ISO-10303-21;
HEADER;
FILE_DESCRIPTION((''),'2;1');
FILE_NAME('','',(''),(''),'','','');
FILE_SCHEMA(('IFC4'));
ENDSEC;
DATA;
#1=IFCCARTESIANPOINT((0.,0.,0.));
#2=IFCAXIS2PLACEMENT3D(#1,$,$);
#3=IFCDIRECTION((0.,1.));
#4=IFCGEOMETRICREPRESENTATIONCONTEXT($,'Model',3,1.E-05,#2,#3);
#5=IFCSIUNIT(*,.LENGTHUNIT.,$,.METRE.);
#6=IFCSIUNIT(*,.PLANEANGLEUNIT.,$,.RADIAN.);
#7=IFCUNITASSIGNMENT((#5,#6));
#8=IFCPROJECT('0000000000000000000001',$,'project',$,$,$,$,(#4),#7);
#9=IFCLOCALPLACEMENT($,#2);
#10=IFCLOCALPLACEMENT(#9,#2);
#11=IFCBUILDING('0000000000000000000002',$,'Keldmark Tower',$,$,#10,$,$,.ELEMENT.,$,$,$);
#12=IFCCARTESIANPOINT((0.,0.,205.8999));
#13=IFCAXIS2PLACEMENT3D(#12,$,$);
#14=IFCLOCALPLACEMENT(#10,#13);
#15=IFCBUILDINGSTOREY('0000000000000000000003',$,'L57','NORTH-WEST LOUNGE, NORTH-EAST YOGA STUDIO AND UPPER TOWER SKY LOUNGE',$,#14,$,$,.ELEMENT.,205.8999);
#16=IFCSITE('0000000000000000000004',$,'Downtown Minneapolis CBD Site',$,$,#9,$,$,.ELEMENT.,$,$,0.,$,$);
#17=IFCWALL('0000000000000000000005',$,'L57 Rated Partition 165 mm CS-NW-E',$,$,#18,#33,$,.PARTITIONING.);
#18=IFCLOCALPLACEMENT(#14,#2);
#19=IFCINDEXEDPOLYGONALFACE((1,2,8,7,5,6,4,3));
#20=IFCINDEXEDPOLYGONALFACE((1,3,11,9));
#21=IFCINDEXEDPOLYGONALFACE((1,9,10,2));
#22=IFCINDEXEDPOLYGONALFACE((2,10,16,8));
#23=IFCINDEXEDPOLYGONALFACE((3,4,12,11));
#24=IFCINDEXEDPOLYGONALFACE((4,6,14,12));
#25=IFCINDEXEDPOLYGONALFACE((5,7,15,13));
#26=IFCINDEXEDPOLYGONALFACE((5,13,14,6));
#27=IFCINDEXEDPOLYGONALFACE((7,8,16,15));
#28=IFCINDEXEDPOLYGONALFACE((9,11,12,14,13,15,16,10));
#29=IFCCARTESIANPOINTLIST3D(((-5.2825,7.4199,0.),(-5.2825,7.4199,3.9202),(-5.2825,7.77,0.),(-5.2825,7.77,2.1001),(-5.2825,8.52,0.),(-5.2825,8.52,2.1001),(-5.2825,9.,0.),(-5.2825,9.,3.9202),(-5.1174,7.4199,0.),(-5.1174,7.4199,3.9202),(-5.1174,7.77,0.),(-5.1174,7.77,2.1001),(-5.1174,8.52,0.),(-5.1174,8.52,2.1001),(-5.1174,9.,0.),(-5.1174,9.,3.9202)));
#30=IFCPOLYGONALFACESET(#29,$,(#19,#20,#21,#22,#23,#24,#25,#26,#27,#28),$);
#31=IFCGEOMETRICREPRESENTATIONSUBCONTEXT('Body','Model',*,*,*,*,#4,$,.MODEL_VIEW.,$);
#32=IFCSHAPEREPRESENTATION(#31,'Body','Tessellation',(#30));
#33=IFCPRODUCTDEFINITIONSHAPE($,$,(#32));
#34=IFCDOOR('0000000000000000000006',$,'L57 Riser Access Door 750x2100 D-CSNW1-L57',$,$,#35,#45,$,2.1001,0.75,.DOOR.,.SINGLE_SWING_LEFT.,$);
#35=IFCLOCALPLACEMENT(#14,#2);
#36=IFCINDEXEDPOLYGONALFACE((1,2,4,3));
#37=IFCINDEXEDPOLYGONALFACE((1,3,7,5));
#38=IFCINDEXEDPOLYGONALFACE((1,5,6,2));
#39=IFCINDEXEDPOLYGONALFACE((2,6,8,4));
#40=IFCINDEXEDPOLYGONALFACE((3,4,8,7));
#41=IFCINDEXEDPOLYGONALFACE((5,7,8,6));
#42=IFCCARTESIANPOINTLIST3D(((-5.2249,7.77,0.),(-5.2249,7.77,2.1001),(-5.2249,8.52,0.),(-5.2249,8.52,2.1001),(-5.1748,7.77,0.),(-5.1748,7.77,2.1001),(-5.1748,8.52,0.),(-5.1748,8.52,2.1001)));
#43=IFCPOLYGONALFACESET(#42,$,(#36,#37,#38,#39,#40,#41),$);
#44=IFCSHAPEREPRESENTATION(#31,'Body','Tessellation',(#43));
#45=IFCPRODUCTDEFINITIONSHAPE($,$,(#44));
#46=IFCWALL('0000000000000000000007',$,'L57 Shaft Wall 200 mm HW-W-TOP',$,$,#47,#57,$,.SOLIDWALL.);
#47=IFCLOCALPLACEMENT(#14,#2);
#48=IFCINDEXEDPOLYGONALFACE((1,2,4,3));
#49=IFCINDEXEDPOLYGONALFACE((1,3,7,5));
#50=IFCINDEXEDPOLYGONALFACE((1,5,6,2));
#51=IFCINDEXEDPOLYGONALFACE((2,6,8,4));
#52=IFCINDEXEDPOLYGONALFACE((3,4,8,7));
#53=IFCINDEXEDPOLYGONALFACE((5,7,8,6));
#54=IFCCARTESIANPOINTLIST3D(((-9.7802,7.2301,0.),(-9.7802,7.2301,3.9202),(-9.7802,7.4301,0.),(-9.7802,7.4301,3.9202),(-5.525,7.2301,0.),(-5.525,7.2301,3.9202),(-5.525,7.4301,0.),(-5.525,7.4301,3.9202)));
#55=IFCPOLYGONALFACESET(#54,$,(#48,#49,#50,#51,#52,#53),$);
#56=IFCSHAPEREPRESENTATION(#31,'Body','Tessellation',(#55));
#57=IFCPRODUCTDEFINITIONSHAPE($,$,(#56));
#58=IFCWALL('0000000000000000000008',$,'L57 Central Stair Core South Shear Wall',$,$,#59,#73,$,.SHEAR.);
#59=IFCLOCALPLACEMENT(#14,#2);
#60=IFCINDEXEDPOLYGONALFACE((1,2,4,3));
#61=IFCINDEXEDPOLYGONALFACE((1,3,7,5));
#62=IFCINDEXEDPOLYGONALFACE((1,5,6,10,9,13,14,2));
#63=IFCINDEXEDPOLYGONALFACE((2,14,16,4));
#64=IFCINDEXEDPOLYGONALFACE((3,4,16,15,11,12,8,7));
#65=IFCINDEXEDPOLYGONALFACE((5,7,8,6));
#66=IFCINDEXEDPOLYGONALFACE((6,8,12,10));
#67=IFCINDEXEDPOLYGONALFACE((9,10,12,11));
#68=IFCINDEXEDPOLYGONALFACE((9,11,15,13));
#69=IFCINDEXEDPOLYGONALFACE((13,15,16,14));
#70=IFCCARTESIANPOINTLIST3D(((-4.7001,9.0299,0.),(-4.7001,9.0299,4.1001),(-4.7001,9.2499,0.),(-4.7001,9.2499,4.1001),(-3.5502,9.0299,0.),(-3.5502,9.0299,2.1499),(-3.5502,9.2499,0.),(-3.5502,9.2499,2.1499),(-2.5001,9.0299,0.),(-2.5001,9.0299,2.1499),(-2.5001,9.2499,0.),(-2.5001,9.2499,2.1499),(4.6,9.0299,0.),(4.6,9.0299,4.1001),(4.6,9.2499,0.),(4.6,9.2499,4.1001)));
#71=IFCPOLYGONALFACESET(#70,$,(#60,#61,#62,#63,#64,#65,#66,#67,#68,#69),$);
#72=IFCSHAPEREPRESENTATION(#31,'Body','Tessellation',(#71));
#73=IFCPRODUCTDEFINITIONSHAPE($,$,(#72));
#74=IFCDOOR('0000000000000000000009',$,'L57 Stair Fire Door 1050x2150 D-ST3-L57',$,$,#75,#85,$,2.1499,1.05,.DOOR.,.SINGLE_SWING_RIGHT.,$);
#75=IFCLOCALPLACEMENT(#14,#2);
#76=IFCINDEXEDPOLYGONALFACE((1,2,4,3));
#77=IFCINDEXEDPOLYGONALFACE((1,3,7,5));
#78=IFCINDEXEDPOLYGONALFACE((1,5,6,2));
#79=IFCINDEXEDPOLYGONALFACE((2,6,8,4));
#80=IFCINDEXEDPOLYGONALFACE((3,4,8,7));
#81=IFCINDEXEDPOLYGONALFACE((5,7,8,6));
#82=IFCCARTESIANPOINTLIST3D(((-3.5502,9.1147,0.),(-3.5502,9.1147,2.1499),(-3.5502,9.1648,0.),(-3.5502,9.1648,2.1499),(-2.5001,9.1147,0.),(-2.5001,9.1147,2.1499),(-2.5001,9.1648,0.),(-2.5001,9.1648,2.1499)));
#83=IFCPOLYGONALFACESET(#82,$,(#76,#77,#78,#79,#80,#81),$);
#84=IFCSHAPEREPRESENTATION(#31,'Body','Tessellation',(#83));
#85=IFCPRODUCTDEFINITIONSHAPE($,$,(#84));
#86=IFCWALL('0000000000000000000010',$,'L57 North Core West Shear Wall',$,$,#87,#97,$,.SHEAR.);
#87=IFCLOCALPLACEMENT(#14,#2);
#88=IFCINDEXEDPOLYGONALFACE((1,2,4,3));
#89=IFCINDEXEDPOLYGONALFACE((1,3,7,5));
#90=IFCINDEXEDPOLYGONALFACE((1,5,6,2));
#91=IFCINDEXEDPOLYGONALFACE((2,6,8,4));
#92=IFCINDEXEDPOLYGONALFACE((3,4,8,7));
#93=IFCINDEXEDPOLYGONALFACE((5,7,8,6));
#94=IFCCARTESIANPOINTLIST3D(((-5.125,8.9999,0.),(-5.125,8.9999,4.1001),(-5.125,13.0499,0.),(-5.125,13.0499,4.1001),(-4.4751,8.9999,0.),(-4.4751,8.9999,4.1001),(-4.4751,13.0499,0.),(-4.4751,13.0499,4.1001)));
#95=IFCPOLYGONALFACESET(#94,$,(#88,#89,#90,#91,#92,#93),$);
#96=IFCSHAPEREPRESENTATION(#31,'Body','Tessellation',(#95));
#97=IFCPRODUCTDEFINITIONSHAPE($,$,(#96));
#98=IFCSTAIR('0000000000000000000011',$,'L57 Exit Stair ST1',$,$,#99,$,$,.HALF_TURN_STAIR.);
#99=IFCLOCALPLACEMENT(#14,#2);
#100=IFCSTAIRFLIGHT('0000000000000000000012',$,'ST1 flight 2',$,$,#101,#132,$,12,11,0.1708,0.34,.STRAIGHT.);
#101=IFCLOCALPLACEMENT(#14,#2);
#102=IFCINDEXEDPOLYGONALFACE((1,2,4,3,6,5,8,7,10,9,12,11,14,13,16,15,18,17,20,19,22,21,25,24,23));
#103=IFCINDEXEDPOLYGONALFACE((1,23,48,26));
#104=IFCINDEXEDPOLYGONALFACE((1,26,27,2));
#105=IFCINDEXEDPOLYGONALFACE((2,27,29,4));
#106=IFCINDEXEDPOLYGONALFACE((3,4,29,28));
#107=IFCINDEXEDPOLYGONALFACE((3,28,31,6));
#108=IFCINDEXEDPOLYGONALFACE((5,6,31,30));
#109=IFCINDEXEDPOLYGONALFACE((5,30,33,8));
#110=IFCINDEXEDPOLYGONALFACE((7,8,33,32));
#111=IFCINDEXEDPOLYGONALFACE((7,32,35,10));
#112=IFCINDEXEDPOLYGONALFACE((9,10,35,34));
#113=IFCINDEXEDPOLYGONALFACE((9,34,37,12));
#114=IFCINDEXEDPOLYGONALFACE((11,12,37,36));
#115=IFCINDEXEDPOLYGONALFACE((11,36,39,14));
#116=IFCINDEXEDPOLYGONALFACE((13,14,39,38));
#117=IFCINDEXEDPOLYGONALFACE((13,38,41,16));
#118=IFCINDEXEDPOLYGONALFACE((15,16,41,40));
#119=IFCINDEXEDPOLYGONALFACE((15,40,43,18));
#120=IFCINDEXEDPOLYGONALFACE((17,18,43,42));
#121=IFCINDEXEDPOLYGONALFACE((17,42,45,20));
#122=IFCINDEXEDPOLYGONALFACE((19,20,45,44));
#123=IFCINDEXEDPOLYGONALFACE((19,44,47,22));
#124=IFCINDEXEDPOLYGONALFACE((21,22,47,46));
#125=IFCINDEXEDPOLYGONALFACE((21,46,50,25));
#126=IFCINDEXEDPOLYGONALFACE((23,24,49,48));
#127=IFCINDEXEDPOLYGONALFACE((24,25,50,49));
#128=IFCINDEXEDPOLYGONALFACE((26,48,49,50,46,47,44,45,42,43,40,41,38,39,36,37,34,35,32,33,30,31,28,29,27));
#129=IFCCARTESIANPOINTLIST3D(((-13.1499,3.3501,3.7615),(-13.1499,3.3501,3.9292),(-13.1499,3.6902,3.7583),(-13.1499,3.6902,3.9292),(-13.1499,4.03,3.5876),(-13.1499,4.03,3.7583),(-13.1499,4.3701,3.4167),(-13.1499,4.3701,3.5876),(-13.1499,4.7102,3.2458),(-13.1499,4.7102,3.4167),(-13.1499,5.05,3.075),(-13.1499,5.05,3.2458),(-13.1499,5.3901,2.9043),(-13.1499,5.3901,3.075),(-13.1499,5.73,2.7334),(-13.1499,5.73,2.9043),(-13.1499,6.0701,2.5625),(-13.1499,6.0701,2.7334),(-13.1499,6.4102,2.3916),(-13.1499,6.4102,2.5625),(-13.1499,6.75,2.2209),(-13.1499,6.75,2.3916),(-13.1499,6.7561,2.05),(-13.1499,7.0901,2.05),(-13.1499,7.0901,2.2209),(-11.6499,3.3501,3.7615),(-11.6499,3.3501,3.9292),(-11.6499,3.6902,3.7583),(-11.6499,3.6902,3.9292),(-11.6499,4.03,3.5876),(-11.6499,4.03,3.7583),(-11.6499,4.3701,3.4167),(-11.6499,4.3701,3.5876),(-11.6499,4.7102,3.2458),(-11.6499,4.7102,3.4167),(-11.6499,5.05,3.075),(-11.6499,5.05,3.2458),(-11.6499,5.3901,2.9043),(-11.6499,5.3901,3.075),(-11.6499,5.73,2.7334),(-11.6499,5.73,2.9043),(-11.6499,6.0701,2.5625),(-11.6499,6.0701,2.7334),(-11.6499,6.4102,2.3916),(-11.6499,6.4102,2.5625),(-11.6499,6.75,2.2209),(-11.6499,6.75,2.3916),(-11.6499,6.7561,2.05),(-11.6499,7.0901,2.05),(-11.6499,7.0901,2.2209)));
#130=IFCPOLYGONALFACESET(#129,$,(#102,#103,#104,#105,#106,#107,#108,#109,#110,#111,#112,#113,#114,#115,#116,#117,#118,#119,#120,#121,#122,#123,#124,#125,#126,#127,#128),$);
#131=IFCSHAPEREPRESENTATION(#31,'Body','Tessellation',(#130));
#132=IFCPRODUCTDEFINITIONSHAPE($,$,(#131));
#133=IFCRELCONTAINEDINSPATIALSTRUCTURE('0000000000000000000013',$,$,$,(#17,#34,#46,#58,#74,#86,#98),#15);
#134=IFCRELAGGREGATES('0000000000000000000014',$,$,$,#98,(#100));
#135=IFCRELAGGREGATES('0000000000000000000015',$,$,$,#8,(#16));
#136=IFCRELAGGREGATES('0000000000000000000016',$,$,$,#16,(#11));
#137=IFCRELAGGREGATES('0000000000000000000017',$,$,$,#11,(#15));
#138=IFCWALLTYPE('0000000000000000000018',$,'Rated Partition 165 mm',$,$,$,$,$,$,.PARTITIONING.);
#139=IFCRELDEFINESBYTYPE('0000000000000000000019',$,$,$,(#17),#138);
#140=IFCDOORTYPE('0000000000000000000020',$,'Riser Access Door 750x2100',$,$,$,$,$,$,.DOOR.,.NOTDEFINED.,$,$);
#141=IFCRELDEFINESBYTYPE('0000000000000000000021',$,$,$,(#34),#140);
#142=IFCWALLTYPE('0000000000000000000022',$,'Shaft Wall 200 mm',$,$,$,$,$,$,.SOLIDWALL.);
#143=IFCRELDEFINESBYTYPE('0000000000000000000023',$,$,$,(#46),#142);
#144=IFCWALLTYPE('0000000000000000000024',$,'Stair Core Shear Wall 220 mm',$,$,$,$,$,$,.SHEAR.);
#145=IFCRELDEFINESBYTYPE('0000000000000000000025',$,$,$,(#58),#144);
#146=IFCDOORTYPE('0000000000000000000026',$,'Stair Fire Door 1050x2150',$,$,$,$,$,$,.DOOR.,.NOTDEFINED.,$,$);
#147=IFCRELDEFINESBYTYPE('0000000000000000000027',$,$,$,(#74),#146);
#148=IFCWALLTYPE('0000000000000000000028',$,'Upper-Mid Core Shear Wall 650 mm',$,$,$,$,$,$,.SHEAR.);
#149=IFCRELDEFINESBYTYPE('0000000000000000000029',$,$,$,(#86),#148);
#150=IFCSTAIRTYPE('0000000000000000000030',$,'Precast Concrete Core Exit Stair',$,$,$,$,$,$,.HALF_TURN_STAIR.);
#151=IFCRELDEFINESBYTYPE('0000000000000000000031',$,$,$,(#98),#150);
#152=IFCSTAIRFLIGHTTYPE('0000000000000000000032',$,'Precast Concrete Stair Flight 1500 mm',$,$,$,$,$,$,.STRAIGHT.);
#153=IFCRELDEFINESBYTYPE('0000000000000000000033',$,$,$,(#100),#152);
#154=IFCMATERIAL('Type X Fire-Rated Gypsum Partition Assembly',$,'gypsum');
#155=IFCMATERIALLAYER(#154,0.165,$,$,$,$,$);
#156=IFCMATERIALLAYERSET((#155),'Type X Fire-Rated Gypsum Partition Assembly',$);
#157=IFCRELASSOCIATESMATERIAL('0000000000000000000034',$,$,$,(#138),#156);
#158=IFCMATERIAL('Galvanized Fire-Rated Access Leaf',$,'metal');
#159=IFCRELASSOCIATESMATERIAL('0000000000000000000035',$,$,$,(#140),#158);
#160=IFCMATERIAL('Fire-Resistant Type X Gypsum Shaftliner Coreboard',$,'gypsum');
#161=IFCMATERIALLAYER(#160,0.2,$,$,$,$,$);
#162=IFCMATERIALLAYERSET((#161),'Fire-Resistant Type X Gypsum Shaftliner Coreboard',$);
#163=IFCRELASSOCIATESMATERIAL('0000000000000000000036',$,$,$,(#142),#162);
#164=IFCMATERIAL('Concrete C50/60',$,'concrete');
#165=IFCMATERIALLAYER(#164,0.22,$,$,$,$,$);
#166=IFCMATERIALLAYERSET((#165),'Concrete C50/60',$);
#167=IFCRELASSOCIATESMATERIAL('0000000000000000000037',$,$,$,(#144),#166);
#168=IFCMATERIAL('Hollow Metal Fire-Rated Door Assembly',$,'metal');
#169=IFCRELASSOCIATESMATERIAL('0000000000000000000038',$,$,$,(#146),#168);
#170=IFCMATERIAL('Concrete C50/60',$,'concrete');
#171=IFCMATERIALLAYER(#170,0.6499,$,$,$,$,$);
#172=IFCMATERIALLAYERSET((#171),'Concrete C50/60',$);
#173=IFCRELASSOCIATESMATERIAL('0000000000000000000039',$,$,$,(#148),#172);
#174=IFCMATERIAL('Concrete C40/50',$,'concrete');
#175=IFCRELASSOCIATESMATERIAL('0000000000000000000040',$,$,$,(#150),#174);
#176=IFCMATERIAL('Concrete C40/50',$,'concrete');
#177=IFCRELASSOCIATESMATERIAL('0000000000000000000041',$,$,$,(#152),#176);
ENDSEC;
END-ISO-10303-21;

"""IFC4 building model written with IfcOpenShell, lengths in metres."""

from ifc_helpers import new_model, si_unit, direction, frame, frame_2d, origin, place, context, subcontext, project, spatial, polyline, rectangle, outline, extrude, material, layer, layer_set, type_object, element, fill, aggregate, save


model = new_model("IFC4")

# Units and contexts
model_context = context("Model", 3, precision=1e-05, world=origin(), true_north=direction((0.0, 1.0)))
body_context = subcontext(model_context, "Body", "Model", "MODEL_VIEW")
ifc_project = project(units=[si_unit("LENGTHUNIT", "METRE"), si_unit("PLANEANGLEUNIT", "RADIAN")], contexts=[model_context])

# Site, building, storey
site_placement = place(None, origin())
site = spatial("IfcSite", under=ifc_project, at=site_placement, Name="Downtown Minneapolis CBD Site", CompositionType="ELEMENT", RefElevation=0.0)
building_placement = place(site_placement, origin())
building = spatial("IfcBuilding", under=site, at=building_placement, Name="Keldmark Tower", CompositionType="ELEMENT")
storey_placement = place(building_placement, frame((0.0, 0.0, 205.8999)))
storey = spatial("IfcBuildingStorey", under=building, at=storey_placement, Name="L57", Description="NORTH-WEST LOUNGE, NORTH-EAST YOGA STUDIO AND UPPER TOWER SKY LOUNGE", CompositionType="ELEMENT", Elevation=205.8999)

# Shared definitions
ifc_material_1 = material(Name="Type X Fire-Rated Gypsum Partition Assembly", Category="gypsum")
ifc_layer_1 = layer(ifc_material_1, 0.165)
ifc_layer_set_1 = layer_set([ifc_layer_1], Name="Type X Fire-Rated Gypsum Partition Assembly")
wall_type_1 = type_object("IfcWallType", Name="Rated Partition 165 mm", PredefinedType="PARTITIONING", material=ifc_layer_set_1)

# Wall, opening, door
wall_1_placement = place(storey_placement, frame((-5.2, 7.4199, 0.0), z_axis=(0.0, 0.0, 1.0), x_axis=(0.0, 1.0, 0.0)))
wall_1 = element("IfcWall", 1, at=wall_1_placement, inside=storey, type_object=wall_type_1, Name="L57 Rated Partition 165 mm CS-NW-E", PredefinedType="PARTITIONING", context=body_context, shape_type="SweptSolid", body=[
    extrude(rectangle(XDim=1.5801, YDim=0.165, at=frame_2d((0.79, 0.0))), origin(), (0.0, 0.0, 1.0), 3.9202),
])
opening_1_placement = place(wall_1_placement, frame((0.3501, 0.0, 0.0)))
opening_1 = element("IfcOpeningElement", 2, at=opening_1_placement, cuts=wall_1, PredefinedType="OPENING", context=body_context, shape_type="SweptSolid", body=[
    extrude(rectangle(XDim=0.75, YDim=2.1001, at=frame_2d((0.375, 1.05))), frame((0.0, 0.0925, 0.0), z_axis=(0.0, -1.0, 0.0), x_axis=(1.0, 0.0, 0.0)), (0.0, 0.0, 1.0), 0.1851),
])
ifc_material_2 = material(Name="Galvanized Fire-Rated Access Leaf", Category="metal")
door_type_1 = type_object("IfcDoorType", Name="Riser Access Door 750x2100", OperationType="NOTDEFINED", PredefinedType="DOOR", material=ifc_material_2)
door_1_placement = place(opening_1_placement, origin())
door_1 = element("IfcDoor", 3, at=door_1_placement, inside=storey, type_object=door_type_1, Name="L57 Riser Access Door 750x2100 D-CSNW1-L57", OperationType="SINGLE_SWING_LEFT", OverallHeight=2.1001, OverallWidth=0.75, PredefinedType="DOOR", context=body_context, shape_type="SweptSolid", body=[
    extrude(rectangle(XDim=0.75, YDim=2.1001, at=frame_2d((0.375, 1.05))), frame((0.0, 0.0249, 0.0), z_axis=(0.0, -1.0, 0.0), x_axis=(1.0, 0.0, 0.0)), (0.0, 0.0, 1.0), 0.05),
])
fill(opening_1, door_1)

# Wall
ifc_material_3 = material(Name="Fire-Resistant Type X Gypsum Shaftliner Coreboard", Category="gypsum")
ifc_layer_2 = layer(ifc_material_3, 0.2)
ifc_layer_set_2 = layer_set([ifc_layer_2], Name="Fire-Resistant Type X Gypsum Shaftliner Coreboard")
wall_type_2 = type_object("IfcWallType", Name="Shaft Wall 200 mm", PredefinedType="SOLIDWALL", material=ifc_layer_set_2)
wall_2_placement = place(storey_placement, frame((-9.78, 7.3301, 0.0), z_axis=(0.0, 0.0, 1.0), x_axis=(1.0, 0.0, 0.0)))
element("IfcWall", 4, at=wall_2_placement, inside=storey, type_object=wall_type_2, Name="L57 Shaft Wall 200 mm HW-W-TOP", PredefinedType="SOLIDWALL", context=body_context, shape_type="SweptSolid", body=[
    extrude(rectangle(XDim=4.2551, YDim=0.2, at=frame_2d((2.1274, 0.0))), origin(), (0.0, 0.0, 1.0), 3.9202),
])

# Wall, opening, door
ifc_material_4 = material(Name="Concrete C50/60", Category="concrete")
ifc_layer_3 = layer(ifc_material_4, 0.22)
ifc_layer_set_3 = layer_set([ifc_layer_3], Name="Concrete C50/60")
wall_type_3 = type_object("IfcWallType", Name="Stair Core Shear Wall 220 mm", PredefinedType="SHEAR", material=ifc_layer_set_3)
wall_3_placement = place(storey_placement, frame((-4.7, 9.1399, 0.0), z_axis=(0.0, 0.0, 1.0), x_axis=(1.0, 0.0, 0.0)))
wall_3 = element("IfcWall", 5, at=wall_3_placement, inside=storey, type_object=wall_type_3, Name="L57 Central Stair Core South Shear Wall", PredefinedType="SHEAR", context=body_context, shape_type="SweptSolid", body=[
    extrude(rectangle(XDim=9.3, YDim=0.22, at=frame_2d((4.6499, 0.0))), origin(), (0.0, 0.0, 1.0), 4.1001),
])
opening_2_placement = place(wall_3_placement, frame((1.1499, 0.0, 0.0)))
opening_2 = element("IfcOpeningElement", 6, at=opening_2_placement, cuts=wall_3, PredefinedType="OPENING", context=body_context, shape_type="SweptSolid", body=[
    extrude(rectangle(XDim=1.05, YDim=2.1499, at=frame_2d((0.5249, 1.075))), frame((0.0, 0.1199, 0.0), z_axis=(0.0, -1.0, 0.0), x_axis=(1.0, 0.0, 0.0)), (0.0, 0.0, 1.0), 0.24),
])
ifc_material_5 = material(Name="Hollow Metal Fire-Rated Door Assembly", Category="metal")
door_type_2 = type_object("IfcDoorType", Name="Stair Fire Door 1050x2150", OperationType="NOTDEFINED", PredefinedType="DOOR", material=ifc_material_5)
door_2_placement = place(opening_2_placement, origin())
door_2 = element("IfcDoor", 7, at=door_2_placement, inside=storey, type_object=door_type_2, Name="L57 Stair Fire Door 1050x2150 D-ST3-L57", OperationType="SINGLE_SWING_RIGHT", OverallHeight=2.1499, OverallWidth=1.05, PredefinedType="DOOR", context=body_context, shape_type="SweptSolid", body=[
    extrude(rectangle(XDim=1.05, YDim=2.1499, at=frame_2d((0.5249, 1.075))), frame((0.0, 0.0249, 0.0), z_axis=(0.0, -1.0, 0.0), x_axis=(1.0, 0.0, 0.0)), (0.0, 0.0, 1.0), 0.05),
])
fill(opening_2, door_2)

# Wall
ifc_material_6 = material(Name="Concrete C50/60", Category="concrete")
ifc_layer_4 = layer(ifc_material_6, 0.6499)
ifc_layer_set_4 = layer_set([ifc_layer_4], Name="Concrete C50/60")
wall_type_4 = type_object("IfcWallType", Name="Upper-Mid Core Shear Wall 650 mm", PredefinedType="SHEAR", material=ifc_layer_set_4)
wall_4_placement = place(storey_placement, frame((-4.8, 9.0, 0.0), z_axis=(0.0, 0.0, 1.0), x_axis=(0.0, 1.0, 0.0)))
element("IfcWall", 8, at=wall_4_placement, inside=storey, type_object=wall_type_4, Name="L57 North Core West Shear Wall", PredefinedType="SHEAR", context=body_context, shape_type="SweptSolid", body=[
    extrude(rectangle(XDim=4.05, YDim=0.6499, at=frame_2d((2.0249, 0.0))), origin(), (0.0, 0.0, 1.0), 4.1001),
])

# Stair, stair flight
ifc_material_7 = material(Name="Concrete C40/50", Category="concrete")
stair_type = type_object("IfcStairType", Name="Precast Concrete Core Exit Stair", PredefinedType="HALF_TURN_STAIR", material=ifc_material_7)
stair_placement = place(storey_placement, origin())
stair = element("IfcStair", 9, at=stair_placement, inside=storey, type_object=stair_type, Name="L57 Exit Stair ST1", PredefinedType="HALF_TURN_STAIR")
ifc_material_8 = material(Name="Concrete C40/50", Category="concrete")
stair_flight_type = type_object("IfcStairFlightType", Name="Precast Concrete Stair Flight 1500 mm", PredefinedType="STRAIGHT", material=ifc_material_8)
stair_flight_placement = place(storey_placement, frame((-12.3999, 7.0901, 2.05), z_axis=(0.0, 0.0, 1.0), x_axis=(0.0, -1.0, 0.0)))
stair_flight = element("IfcStairFlight", 10, at=stair_flight_placement, type_object=stair_flight_type, Name="ST1 flight 2", NumberOfRisers=12, NumberOfTreads=11, PredefinedType="STRAIGHT", RiserHeight=0.1708, TreadLength=0.34, context=body_context, shape_type="SweptSolid", body=[
    extrude(outline(polyline([(0.0, 0.0), (0.0, 0.1709), (0.3401, 0.1709), (0.3401, 0.3416), (0.6799, 0.3416), (0.6799, 0.5125), (1.02, 0.5125), (1.02, 0.6833), (1.3601, 0.6833), (1.3601, 0.8542), (1.7, 0.8542), (1.7, 1.0249), (2.04, 1.0249), (2.04, 1.1958), (2.3799, 1.1958), (2.3799, 1.3667), (2.72, 1.3667), (2.72, 1.5376), (3.0601, 1.5376), (3.0601, 1.7083), (3.3999, 1.7083), (3.3999, 1.8792), (3.74, 1.8792), (3.74, 2.05), (3.74, 1.7114), (0.334, 0.0), (0.0, 0.0)])), frame((0.0, 0.75, 0.0), z_axis=(0.0, -1.0, 0.0), x_axis=(1.0, 0.0, 0.0)), (0.0, 0.0, 1.0), 1.5),
])
aggregate(stair, [stair_flight])

save(model, "model.ifc")
